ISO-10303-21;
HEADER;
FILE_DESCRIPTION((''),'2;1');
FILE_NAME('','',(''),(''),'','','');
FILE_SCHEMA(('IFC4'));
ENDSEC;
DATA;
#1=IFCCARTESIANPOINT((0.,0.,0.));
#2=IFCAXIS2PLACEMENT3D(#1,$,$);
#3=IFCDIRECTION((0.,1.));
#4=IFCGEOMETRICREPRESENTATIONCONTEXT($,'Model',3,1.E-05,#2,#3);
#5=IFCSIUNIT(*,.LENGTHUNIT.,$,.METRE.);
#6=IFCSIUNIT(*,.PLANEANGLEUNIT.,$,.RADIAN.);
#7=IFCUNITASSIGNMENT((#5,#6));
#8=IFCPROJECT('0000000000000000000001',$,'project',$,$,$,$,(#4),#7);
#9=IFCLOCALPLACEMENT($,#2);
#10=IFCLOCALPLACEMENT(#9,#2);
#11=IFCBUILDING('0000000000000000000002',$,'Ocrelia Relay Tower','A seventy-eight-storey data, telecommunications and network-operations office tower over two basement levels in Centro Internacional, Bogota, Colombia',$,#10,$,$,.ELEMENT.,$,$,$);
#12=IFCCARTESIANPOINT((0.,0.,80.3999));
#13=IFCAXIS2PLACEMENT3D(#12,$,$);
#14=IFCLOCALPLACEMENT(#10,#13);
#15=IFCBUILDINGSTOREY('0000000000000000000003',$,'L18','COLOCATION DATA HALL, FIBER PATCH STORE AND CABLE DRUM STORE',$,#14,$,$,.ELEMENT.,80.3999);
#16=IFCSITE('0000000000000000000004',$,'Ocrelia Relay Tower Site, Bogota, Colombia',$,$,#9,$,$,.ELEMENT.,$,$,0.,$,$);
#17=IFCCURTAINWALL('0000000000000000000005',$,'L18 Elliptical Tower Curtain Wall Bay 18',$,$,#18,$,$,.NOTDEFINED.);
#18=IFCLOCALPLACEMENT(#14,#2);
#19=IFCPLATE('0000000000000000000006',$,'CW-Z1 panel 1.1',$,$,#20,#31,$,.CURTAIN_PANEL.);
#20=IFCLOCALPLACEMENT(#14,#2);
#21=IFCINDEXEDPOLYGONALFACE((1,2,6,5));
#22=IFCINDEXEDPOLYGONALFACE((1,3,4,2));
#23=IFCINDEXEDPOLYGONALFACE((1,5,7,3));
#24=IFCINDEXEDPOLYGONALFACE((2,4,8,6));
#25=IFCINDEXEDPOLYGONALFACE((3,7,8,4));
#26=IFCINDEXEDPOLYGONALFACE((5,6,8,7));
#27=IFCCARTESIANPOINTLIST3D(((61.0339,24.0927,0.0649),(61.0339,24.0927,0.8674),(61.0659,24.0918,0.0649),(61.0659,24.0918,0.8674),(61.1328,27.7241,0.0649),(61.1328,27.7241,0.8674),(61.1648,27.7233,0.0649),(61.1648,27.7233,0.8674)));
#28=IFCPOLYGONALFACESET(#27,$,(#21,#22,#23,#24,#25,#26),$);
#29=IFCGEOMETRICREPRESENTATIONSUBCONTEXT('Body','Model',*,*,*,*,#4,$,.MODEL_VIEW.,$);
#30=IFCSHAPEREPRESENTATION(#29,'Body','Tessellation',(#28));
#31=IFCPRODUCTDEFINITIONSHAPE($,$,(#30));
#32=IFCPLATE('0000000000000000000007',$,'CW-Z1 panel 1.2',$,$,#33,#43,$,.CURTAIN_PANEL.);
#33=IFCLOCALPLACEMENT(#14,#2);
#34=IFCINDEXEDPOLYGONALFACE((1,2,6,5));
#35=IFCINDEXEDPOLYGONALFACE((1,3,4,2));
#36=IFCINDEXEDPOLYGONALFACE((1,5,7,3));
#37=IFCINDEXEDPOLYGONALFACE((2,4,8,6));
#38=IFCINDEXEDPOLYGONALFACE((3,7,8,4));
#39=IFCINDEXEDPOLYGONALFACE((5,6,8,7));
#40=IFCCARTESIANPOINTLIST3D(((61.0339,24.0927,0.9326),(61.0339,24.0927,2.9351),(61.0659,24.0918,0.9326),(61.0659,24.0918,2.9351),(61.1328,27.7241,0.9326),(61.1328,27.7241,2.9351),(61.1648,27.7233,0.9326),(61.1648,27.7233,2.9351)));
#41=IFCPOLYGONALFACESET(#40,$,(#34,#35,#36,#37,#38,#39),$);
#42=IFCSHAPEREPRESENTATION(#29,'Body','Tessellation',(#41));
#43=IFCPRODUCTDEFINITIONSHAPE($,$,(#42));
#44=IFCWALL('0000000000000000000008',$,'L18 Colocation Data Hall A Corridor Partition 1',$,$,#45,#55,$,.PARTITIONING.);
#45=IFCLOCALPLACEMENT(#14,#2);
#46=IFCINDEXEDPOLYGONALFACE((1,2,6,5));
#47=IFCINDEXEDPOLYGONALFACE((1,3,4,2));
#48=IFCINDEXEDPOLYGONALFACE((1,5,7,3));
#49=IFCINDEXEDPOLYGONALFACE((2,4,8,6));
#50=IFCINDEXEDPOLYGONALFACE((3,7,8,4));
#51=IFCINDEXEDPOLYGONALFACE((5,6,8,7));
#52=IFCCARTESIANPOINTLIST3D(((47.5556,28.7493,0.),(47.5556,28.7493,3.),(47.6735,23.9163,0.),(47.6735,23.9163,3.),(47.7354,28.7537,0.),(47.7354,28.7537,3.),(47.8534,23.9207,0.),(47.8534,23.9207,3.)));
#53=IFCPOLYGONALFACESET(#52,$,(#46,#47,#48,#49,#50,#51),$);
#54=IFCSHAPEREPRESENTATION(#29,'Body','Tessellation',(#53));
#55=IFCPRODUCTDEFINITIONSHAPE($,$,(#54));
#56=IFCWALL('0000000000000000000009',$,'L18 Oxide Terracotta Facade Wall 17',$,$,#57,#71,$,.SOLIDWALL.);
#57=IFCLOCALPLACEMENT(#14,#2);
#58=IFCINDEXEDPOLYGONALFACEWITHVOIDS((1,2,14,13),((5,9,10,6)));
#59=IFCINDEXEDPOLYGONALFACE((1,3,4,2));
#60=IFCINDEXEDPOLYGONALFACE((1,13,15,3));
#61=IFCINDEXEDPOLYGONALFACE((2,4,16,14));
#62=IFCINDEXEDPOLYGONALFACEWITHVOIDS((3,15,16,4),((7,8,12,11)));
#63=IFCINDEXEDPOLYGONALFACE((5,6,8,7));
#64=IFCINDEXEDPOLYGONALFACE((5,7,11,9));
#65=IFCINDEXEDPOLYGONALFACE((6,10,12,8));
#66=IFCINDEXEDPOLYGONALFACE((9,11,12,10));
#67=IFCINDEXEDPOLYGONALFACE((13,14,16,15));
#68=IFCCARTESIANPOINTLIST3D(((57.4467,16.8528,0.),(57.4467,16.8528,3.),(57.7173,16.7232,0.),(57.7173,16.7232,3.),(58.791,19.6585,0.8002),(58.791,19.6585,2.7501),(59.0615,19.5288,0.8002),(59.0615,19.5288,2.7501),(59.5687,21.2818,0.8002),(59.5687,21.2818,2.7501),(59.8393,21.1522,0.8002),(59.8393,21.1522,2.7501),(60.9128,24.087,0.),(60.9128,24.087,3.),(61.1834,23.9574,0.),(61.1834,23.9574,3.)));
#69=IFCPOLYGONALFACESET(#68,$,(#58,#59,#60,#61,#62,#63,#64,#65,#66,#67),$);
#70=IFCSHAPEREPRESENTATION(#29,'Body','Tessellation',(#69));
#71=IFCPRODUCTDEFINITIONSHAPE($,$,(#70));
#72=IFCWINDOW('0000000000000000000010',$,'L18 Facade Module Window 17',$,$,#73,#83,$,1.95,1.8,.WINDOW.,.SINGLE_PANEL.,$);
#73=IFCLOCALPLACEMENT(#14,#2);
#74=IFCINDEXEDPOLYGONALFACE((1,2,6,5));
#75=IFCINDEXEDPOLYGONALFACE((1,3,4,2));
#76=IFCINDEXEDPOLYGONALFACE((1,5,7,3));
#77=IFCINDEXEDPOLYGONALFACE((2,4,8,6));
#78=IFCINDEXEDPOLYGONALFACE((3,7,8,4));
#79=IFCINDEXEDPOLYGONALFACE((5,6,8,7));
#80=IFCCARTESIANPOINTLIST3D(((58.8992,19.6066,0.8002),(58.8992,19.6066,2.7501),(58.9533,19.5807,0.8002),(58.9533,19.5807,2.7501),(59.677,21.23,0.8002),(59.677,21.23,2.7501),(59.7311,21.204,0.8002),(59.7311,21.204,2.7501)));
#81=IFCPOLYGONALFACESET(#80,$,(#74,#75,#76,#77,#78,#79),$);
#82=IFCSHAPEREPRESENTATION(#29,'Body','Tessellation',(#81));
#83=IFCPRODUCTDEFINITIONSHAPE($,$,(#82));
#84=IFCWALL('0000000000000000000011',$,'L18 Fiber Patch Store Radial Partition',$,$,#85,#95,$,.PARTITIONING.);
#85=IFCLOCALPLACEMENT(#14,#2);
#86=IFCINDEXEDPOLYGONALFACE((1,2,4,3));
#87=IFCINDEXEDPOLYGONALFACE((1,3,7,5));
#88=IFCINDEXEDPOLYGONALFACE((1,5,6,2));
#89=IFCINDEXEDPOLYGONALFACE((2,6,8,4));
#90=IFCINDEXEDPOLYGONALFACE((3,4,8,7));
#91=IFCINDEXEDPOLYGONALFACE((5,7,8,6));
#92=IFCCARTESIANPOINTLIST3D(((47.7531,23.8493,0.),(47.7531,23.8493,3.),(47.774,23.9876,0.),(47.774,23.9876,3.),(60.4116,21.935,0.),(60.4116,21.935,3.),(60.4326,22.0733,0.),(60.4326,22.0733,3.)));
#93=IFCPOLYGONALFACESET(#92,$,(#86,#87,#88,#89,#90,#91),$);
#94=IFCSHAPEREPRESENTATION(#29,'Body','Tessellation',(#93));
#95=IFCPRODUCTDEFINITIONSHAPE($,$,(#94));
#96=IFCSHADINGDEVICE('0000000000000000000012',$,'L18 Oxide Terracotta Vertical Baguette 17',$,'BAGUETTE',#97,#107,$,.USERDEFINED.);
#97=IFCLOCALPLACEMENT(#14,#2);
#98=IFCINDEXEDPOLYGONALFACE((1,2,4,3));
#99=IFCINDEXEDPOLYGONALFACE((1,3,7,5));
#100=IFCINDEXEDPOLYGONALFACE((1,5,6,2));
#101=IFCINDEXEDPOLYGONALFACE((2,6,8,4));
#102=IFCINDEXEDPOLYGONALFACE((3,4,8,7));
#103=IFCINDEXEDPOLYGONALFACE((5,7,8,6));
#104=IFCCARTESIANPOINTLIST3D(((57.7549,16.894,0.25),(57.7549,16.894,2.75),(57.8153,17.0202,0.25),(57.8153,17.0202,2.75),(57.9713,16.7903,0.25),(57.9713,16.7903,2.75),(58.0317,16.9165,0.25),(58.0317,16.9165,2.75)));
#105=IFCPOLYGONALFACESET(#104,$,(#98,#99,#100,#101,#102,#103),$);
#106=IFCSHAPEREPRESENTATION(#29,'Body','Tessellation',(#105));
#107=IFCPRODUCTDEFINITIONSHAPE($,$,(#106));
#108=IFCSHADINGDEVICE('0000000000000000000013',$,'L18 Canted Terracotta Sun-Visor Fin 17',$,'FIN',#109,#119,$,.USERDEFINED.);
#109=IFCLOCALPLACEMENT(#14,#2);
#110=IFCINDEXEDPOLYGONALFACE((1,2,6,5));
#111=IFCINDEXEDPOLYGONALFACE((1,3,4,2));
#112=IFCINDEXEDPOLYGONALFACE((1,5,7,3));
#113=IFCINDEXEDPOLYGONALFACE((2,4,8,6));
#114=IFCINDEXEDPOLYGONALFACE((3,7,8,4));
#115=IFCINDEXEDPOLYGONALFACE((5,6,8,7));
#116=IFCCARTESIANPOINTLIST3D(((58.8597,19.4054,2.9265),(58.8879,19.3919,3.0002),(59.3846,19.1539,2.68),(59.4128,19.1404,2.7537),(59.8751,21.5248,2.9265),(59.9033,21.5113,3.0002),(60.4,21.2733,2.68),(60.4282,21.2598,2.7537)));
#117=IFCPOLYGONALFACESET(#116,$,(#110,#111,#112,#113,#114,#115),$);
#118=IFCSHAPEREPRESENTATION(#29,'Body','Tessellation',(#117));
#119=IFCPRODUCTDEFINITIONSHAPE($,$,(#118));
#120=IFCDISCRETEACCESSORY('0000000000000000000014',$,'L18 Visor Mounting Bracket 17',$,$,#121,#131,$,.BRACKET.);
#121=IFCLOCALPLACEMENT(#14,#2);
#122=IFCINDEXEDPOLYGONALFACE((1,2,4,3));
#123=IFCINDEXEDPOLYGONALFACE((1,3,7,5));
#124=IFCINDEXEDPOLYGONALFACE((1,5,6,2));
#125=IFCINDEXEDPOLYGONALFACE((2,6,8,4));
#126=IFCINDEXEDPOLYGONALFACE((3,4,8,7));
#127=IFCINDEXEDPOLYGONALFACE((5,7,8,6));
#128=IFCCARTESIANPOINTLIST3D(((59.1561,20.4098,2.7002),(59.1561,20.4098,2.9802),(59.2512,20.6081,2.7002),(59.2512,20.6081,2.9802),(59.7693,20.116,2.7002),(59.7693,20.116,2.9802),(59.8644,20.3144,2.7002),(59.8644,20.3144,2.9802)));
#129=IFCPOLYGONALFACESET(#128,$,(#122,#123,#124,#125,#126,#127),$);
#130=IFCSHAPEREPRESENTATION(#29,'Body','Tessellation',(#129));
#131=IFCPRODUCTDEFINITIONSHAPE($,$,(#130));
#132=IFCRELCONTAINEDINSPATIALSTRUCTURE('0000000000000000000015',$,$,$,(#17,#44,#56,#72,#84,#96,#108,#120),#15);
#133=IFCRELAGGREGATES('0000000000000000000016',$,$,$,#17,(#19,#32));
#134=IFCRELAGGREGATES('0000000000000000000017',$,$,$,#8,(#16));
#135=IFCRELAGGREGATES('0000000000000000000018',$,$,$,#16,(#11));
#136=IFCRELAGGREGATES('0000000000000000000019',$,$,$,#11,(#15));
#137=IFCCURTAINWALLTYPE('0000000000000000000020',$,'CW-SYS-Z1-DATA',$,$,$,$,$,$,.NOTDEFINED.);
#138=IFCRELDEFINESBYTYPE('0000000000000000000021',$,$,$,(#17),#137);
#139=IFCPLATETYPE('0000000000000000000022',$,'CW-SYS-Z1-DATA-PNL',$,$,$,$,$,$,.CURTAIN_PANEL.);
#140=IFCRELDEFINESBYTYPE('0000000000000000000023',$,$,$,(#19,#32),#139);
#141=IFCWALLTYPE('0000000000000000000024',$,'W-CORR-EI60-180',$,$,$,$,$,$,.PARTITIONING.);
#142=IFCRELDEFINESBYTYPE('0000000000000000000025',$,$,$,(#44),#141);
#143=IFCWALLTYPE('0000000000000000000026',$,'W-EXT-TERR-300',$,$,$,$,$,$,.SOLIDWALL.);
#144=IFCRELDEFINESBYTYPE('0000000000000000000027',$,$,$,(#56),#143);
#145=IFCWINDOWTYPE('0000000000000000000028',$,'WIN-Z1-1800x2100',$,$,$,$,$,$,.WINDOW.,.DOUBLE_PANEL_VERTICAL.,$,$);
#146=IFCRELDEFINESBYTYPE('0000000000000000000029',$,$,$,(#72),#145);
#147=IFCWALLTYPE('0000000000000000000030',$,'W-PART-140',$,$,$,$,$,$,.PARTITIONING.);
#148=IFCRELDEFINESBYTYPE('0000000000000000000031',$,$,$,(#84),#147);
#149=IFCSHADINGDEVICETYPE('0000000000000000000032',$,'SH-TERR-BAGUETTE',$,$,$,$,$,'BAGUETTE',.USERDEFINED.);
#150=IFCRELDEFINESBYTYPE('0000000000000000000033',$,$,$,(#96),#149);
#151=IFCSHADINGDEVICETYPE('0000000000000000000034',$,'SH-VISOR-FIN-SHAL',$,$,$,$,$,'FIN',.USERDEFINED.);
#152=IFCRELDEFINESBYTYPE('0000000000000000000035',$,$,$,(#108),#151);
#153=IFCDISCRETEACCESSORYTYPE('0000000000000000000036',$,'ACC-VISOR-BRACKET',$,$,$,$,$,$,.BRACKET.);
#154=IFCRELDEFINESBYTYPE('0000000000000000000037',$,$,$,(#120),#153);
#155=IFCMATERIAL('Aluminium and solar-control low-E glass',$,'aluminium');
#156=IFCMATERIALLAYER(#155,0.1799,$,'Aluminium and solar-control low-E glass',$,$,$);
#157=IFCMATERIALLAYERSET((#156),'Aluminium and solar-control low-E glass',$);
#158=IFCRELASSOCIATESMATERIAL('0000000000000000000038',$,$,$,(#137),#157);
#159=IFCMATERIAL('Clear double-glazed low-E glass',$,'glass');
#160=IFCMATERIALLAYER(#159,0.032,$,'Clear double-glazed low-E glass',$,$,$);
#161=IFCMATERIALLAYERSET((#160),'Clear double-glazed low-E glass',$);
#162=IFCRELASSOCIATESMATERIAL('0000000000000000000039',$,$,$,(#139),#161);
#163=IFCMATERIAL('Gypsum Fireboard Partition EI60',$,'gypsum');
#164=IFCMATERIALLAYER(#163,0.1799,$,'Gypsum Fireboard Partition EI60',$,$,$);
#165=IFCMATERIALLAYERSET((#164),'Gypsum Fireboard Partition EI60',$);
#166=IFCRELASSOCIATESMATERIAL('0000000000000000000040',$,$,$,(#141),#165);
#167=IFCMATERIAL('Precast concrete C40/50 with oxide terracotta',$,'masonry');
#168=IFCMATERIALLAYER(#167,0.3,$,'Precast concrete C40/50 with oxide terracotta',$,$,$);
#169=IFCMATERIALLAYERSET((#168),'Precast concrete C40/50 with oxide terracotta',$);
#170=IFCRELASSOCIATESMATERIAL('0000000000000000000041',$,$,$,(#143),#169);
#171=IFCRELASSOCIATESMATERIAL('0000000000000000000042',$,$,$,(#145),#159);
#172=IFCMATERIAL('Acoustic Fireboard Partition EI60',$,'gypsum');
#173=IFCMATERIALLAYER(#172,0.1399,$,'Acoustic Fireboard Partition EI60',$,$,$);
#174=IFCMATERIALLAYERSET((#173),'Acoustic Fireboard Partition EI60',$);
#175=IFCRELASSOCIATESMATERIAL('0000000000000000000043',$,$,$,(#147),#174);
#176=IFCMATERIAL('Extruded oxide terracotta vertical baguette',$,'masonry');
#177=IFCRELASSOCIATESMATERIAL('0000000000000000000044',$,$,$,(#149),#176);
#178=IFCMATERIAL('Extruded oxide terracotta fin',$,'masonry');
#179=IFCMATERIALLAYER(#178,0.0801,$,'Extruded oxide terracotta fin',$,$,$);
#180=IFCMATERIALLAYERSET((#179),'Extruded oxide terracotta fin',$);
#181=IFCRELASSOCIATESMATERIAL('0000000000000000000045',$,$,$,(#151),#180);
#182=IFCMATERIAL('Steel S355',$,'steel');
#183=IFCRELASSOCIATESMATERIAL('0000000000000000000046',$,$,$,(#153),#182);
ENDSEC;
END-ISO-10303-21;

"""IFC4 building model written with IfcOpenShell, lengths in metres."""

from ifc_helpers import new_model, si_unit, direction, frame, frame_2d, origin, origin_2d, place, context, subcontext, project, spatial, rectangle, extrude, material, layer, layer_set, type_object, element, fill, aggregate, save


model = new_model("IFC4")

# Units and contexts
model_context = context("Model", 3, precision=1e-05, world=origin(), true_north=direction((0.0, 1.0)))
body_context = subcontext(model_context, "Body", "Model", "MODEL_VIEW")
ifc_project = project(units=[si_unit("LENGTHUNIT", "METRE"), si_unit("PLANEANGLEUNIT", "RADIAN")], contexts=[model_context])

# Site, building, storey
site_placement = place(None, origin())
site = spatial("IfcSite", under=ifc_project, at=site_placement, Name="Ocrelia Relay Tower Site, Bogota, Colombia", CompositionType="ELEMENT", RefElevation=0.0)
building_placement = place(site_placement, origin())
building = spatial("IfcBuilding", under=site, at=building_placement, Name="Ocrelia Relay Tower", Description="A seventy-eight-storey data, telecommunications and network-operations office tower over two basement levels in Centro Internacional, Bogota, Colombia", CompositionType="ELEMENT")
storey_placement = place(building_placement, frame((0.0, 0.0, 80.3999)))
storey = spatial("IfcBuildingStorey", under=building, at=storey_placement, Name="L18", Description="COLOCATION DATA HALL, FIBER PATCH STORE AND CABLE DRUM STORE", CompositionType="ELEMENT", Elevation=80.3999)

# Shared definitions
ifc_material_1 = material(Name="Steel S355", Category="steel")

# Curtain wall, plates
ifc_material_2 = material(Name="Aluminium and solar-control low-E glass", Category="aluminium")
ifc_layer_1 = layer(ifc_material_2, 0.1799, Name="Aluminium and solar-control low-E glass")
ifc_layer_set_1 = layer_set([ifc_layer_1], Name="Aluminium and solar-control low-E glass")
curtain_wall_type = type_object("IfcCurtainWallType", Name="CW-SYS-Z1-DATA", PredefinedType="NOTDEFINED", material=ifc_layer_set_1)
curtain_wall_placement = place(storey_placement, origin())
curtain_wall = element("IfcCurtainWall", 1, at=curtain_wall_placement, inside=storey, type_object=curtain_wall_type, Name="L18 Elliptical Tower Curtain Wall Bay 18", PredefinedType="NOTDEFINED")
ifc_material_3 = material(Name="Clear double-glazed low-E glass", Category="glass")
ifc_layer_2 = layer(ifc_material_3, 0.032, Name="Clear double-glazed low-E glass")
ifc_layer_set_2 = layer_set([ifc_layer_2], Name="Clear double-glazed low-E glass")
plate_type = type_object("IfcPlateType", Name="CW-SYS-Z1-DATA-PNL", PredefinedType="CURTAIN_PANEL", material=ifc_layer_set_2)
plate_1_placement = place(storey_placement, frame((61.0994, 25.908, 0.0649), z_axis=(0.0, 0.0, 1.0), x_axis=(0.027222, 0.999629, 0.0)))
plate_1 = element("IfcPlate", 2, at=plate_1_placement, type_object=plate_type, Name="CW-Z1 panel 1.1", PredefinedType="CURTAIN_PANEL", context=body_context, shape_type="SweptSolid", body=[
    extrude(rectangle(XDim=3.6328, YDim=0.032, at=origin_2d()), origin(), (0.0, 0.0, 1.0), 0.8025),
])
plate_2_placement = place(storey_placement, frame((61.0994, 25.908, 0.9326), z_axis=(0.0, 0.0, 1.0), x_axis=(0.027222, 0.999629, 0.0)))
plate_2 = element("IfcPlate", 3, at=plate_2_placement, type_object=plate_type, Name="CW-Z1 panel 1.2", PredefinedType="CURTAIN_PANEL", context=body_context, shape_type="SweptSolid", body=[
    extrude(rectangle(XDim=3.6328, YDim=0.032, at=origin_2d()), origin(), (0.0, 0.0, 1.0), 2.0024),
])
aggregate(curtain_wall, [plate_1, plate_2])

# Shared definitions
ifc_material_4 = material(Name="Gypsum Fireboard Partition EI60", Category="gypsum")
ifc_layer_3 = layer(ifc_material_4, 0.1799, Name="Gypsum Fireboard Partition EI60")
ifc_layer_set_3 = layer_set([ifc_layer_3], Name="Gypsum Fireboard Partition EI60")
wall_type_1 = type_object("IfcWallType", Name="W-CORR-EI60-180", PredefinedType="PARTITIONING", material=ifc_layer_set_3)

# Wall
wall_1_placement = place(storey_placement, frame((47.7634, 23.9185, 0.0), z_axis=(0.0, 0.0, 1.0), x_axis=(-0.024392, 0.999702, 0.0)))
element("IfcWall", 4, at=wall_1_placement, inside=storey, type_object=wall_type_1, Name="L18 Colocation Data Hall A Corridor Partition 1", PredefinedType="PARTITIONING", context=body_context, shape_type="SweptSolid", body=[
    extrude(rectangle(XDim=4.8345, YDim=0.1799, at=frame_2d((2.4172, 0.0))), origin(), (0.0, 0.0, 1.0), 3.0),
])

# Wall, opening, window
ifc_material_5 = material(Name="Precast concrete C40/50 with oxide terracotta", Category="masonry")
ifc_layer_4 = layer(ifc_material_5, 0.3, Name="Precast concrete C40/50 with oxide terracotta")
ifc_layer_set_4 = layer_set([ifc_layer_4], Name="Precast concrete C40/50 with oxide terracotta")
wall_type_2 = type_object("IfcWallType", Name="W-EXT-TERR-300", PredefinedType="SOLIDWALL", material=ifc_layer_set_4)
wall_2_placement = place(storey_placement, frame((57.582, 16.7881, 0.0), z_axis=(0.0, 0.0, 1.0), x_axis=(0.432091, 0.90183, 0.0)))
wall_2 = element("IfcWall", 5, at=wall_2_placement, inside=storey, type_object=wall_type_2, Name="L18 Oxide Terracotta Facade Wall 17", PredefinedType="SOLIDWALL", context=body_context, shape_type="SweptSolid", body=[
    extrude(rectangle(XDim=8.0217, YDim=0.3, at=frame_2d((4.0107, 0.0))), origin(), (0.0, 0.0, 1.0), 3.0),
])
opening_1_placement = place(wall_2_placement, frame((3.1111, 0.0, 0.8)))
opening_1 = element("IfcOpeningElement", 6, at=opening_1_placement, cuts=wall_2, PredefinedType="OPENING", context=body_context, shape_type="SweptSolid", body=[
    extrude(rectangle(XDim=1.8, YDim=1.95, at=frame_2d((0.8999, 0.9751))), frame((0.0, 0.1602, 0.0), z_axis=(0.0, -1.0, 0.0), x_axis=(1.0, 0.0, 0.0)), (0.0, 0.0, 1.0), 0.3201),
])
window_type = type_object("IfcWindowType", Name="WIN-Z1-1800x2100", PartitioningType="DOUBLE_PANEL_VERTICAL", PredefinedType="WINDOW", material=ifc_material_3)
window_placement = place(opening_1_placement, origin())
window = element("IfcWindow", 7, at=window_placement, inside=storey, type_object=window_type, Name="L18 Facade Module Window 17", OverallHeight=1.95, OverallWidth=1.8, PartitioningType="SINGLE_PANEL", PredefinedType="WINDOW", context=body_context, shape_type="SweptSolid", body=[
    extrude(rectangle(XDim=1.8, YDim=1.95, at=frame_2d((0.8999, 0.9751))), frame((0.0, 0.03, 0.0), z_axis=(0.0, -1.0, 0.0), x_axis=(1.0, 0.0, 0.0)), (0.0, 0.0, 1.0), 0.0601),
])
fill(opening_1, window)

# Wall
ifc_material_6 = material(Name="Acoustic Fireboard Partition EI60", Category="gypsum")
ifc_layer_5 = layer(ifc_material_6, 0.1399, Name="Acoustic Fireboard Partition EI60")
ifc_layer_set_5 = layer_set([ifc_layer_5], Name="Acoustic Fireboard Partition EI60")
wall_type_3 = type_object("IfcWallType", Name="W-PART-140", PredefinedType="PARTITIONING", material=ifc_layer_set_5)
wall_3_placement = place(storey_placement, frame((47.7634, 23.9185, 0.0), z_axis=(0.0, 0.0, 1.0), x_axis=(0.988758, -0.149527, 0.0)))
element("IfcWall", 8, at=wall_3_placement, inside=storey, type_object=wall_type_3, Name="L18 Fiber Patch Store Radial Partition", PredefinedType="PARTITIONING", context=body_context, shape_type="SweptSolid", body=[
    extrude(rectangle(XDim=12.8025, YDim=0.1399, at=frame_2d((6.4014, 0.0))), origin(), (0.0, 0.0, 1.0), 3.0),
])

# Shading devices
ifc_material_7 = material(Name="Extruded oxide terracotta vertical baguette", Category="masonry")
shading_device_type_1 = type_object("IfcShadingDeviceType", Name="SH-TERR-BAGUETTE", ElementType="BAGUETTE", PredefinedType="USERDEFINED", material=ifc_material_7)
shading_device_1_placement = place(storey_placement, frame((57.8933, 16.9053, 0.25), z_axis=(0.0, 0.0, 1.0), x_axis=(0.432076, 0.901837, 0.0)))
element("IfcShadingDevice", 9, at=shading_device_1_placement, inside=storey, type_object=shading_device_type_1, Name="L18 Oxide Terracotta Vertical Baguette 17", ObjectType="BAGUETTE", PredefinedType="USERDEFINED", context=body_context, shape_type="SweptSolid", body=[
    extrude(rectangle(XDim=0.1399, YDim=0.24, at=origin_2d()), origin(), (0.0, 0.0, 1.0), 2.5),
])
ifc_material_8 = material(Name="Extruded oxide terracotta fin", Category="masonry")
ifc_layer_6 = layer(ifc_material_8, 0.0801, Name="Extruded oxide terracotta fin")
ifc_layer_set_6 = layer_set([ifc_layer_6], Name="Extruded oxide terracotta fin")
shading_device_type_2 = type_object("IfcShadingDeviceType", Name="SH-VISOR-FIN-SHAL", ElementType="FIN", PredefinedType="USERDEFINED", material=ifc_layer_set_6)
shading_device_2_placement = place(storey_placement, frame((59.6299, 20.3394, 2.8032), z_axis=(0.351651, -0.168478, 0.920845), x_axis=(0.432076, 0.901837, 0.0)))
element("IfcShadingDevice", 10, at=shading_device_2_placement, inside=storey, type_object=shading_device_type_2, Name="L18 Canted Terracotta Sun-Visor Fin 17", ObjectType="FIN", PredefinedType="USERDEFINED", context=body_context, shape_type="SweptSolid", body=[
    extrude(rectangle(XDim=2.3501, YDim=0.6321, at=origin_2d()), origin(), (0.0, 0.0, 1.0), 0.0801),
])

# Discrete accessory
discrete_accessory_type = type_object("IfcDiscreteAccessoryType", Name="ACC-VISOR-BRACKET", PredefinedType="BRACKET", material=ifc_material_1)
discrete_accessory_placement = place(storey_placement, frame((59.5103, 20.3621, 2.7002), z_axis=(0.0, 0.0, 1.0), x_axis=(0.432076, 0.901837, 0.0)))
element("IfcDiscreteAccessory", 11, at=discrete_accessory_placement, inside=storey, type_object=discrete_accessory_type, Name="L18 Visor Mounting Bracket 17", PredefinedType="BRACKET", context=body_context, shape_type="SweptSolid", body=[
    extrude(rectangle(XDim=0.22, YDim=0.6799, at=origin_2d()), origin(), (0.0, 0.0, 1.0), 0.28),
])

save(model, "model.ifc")
